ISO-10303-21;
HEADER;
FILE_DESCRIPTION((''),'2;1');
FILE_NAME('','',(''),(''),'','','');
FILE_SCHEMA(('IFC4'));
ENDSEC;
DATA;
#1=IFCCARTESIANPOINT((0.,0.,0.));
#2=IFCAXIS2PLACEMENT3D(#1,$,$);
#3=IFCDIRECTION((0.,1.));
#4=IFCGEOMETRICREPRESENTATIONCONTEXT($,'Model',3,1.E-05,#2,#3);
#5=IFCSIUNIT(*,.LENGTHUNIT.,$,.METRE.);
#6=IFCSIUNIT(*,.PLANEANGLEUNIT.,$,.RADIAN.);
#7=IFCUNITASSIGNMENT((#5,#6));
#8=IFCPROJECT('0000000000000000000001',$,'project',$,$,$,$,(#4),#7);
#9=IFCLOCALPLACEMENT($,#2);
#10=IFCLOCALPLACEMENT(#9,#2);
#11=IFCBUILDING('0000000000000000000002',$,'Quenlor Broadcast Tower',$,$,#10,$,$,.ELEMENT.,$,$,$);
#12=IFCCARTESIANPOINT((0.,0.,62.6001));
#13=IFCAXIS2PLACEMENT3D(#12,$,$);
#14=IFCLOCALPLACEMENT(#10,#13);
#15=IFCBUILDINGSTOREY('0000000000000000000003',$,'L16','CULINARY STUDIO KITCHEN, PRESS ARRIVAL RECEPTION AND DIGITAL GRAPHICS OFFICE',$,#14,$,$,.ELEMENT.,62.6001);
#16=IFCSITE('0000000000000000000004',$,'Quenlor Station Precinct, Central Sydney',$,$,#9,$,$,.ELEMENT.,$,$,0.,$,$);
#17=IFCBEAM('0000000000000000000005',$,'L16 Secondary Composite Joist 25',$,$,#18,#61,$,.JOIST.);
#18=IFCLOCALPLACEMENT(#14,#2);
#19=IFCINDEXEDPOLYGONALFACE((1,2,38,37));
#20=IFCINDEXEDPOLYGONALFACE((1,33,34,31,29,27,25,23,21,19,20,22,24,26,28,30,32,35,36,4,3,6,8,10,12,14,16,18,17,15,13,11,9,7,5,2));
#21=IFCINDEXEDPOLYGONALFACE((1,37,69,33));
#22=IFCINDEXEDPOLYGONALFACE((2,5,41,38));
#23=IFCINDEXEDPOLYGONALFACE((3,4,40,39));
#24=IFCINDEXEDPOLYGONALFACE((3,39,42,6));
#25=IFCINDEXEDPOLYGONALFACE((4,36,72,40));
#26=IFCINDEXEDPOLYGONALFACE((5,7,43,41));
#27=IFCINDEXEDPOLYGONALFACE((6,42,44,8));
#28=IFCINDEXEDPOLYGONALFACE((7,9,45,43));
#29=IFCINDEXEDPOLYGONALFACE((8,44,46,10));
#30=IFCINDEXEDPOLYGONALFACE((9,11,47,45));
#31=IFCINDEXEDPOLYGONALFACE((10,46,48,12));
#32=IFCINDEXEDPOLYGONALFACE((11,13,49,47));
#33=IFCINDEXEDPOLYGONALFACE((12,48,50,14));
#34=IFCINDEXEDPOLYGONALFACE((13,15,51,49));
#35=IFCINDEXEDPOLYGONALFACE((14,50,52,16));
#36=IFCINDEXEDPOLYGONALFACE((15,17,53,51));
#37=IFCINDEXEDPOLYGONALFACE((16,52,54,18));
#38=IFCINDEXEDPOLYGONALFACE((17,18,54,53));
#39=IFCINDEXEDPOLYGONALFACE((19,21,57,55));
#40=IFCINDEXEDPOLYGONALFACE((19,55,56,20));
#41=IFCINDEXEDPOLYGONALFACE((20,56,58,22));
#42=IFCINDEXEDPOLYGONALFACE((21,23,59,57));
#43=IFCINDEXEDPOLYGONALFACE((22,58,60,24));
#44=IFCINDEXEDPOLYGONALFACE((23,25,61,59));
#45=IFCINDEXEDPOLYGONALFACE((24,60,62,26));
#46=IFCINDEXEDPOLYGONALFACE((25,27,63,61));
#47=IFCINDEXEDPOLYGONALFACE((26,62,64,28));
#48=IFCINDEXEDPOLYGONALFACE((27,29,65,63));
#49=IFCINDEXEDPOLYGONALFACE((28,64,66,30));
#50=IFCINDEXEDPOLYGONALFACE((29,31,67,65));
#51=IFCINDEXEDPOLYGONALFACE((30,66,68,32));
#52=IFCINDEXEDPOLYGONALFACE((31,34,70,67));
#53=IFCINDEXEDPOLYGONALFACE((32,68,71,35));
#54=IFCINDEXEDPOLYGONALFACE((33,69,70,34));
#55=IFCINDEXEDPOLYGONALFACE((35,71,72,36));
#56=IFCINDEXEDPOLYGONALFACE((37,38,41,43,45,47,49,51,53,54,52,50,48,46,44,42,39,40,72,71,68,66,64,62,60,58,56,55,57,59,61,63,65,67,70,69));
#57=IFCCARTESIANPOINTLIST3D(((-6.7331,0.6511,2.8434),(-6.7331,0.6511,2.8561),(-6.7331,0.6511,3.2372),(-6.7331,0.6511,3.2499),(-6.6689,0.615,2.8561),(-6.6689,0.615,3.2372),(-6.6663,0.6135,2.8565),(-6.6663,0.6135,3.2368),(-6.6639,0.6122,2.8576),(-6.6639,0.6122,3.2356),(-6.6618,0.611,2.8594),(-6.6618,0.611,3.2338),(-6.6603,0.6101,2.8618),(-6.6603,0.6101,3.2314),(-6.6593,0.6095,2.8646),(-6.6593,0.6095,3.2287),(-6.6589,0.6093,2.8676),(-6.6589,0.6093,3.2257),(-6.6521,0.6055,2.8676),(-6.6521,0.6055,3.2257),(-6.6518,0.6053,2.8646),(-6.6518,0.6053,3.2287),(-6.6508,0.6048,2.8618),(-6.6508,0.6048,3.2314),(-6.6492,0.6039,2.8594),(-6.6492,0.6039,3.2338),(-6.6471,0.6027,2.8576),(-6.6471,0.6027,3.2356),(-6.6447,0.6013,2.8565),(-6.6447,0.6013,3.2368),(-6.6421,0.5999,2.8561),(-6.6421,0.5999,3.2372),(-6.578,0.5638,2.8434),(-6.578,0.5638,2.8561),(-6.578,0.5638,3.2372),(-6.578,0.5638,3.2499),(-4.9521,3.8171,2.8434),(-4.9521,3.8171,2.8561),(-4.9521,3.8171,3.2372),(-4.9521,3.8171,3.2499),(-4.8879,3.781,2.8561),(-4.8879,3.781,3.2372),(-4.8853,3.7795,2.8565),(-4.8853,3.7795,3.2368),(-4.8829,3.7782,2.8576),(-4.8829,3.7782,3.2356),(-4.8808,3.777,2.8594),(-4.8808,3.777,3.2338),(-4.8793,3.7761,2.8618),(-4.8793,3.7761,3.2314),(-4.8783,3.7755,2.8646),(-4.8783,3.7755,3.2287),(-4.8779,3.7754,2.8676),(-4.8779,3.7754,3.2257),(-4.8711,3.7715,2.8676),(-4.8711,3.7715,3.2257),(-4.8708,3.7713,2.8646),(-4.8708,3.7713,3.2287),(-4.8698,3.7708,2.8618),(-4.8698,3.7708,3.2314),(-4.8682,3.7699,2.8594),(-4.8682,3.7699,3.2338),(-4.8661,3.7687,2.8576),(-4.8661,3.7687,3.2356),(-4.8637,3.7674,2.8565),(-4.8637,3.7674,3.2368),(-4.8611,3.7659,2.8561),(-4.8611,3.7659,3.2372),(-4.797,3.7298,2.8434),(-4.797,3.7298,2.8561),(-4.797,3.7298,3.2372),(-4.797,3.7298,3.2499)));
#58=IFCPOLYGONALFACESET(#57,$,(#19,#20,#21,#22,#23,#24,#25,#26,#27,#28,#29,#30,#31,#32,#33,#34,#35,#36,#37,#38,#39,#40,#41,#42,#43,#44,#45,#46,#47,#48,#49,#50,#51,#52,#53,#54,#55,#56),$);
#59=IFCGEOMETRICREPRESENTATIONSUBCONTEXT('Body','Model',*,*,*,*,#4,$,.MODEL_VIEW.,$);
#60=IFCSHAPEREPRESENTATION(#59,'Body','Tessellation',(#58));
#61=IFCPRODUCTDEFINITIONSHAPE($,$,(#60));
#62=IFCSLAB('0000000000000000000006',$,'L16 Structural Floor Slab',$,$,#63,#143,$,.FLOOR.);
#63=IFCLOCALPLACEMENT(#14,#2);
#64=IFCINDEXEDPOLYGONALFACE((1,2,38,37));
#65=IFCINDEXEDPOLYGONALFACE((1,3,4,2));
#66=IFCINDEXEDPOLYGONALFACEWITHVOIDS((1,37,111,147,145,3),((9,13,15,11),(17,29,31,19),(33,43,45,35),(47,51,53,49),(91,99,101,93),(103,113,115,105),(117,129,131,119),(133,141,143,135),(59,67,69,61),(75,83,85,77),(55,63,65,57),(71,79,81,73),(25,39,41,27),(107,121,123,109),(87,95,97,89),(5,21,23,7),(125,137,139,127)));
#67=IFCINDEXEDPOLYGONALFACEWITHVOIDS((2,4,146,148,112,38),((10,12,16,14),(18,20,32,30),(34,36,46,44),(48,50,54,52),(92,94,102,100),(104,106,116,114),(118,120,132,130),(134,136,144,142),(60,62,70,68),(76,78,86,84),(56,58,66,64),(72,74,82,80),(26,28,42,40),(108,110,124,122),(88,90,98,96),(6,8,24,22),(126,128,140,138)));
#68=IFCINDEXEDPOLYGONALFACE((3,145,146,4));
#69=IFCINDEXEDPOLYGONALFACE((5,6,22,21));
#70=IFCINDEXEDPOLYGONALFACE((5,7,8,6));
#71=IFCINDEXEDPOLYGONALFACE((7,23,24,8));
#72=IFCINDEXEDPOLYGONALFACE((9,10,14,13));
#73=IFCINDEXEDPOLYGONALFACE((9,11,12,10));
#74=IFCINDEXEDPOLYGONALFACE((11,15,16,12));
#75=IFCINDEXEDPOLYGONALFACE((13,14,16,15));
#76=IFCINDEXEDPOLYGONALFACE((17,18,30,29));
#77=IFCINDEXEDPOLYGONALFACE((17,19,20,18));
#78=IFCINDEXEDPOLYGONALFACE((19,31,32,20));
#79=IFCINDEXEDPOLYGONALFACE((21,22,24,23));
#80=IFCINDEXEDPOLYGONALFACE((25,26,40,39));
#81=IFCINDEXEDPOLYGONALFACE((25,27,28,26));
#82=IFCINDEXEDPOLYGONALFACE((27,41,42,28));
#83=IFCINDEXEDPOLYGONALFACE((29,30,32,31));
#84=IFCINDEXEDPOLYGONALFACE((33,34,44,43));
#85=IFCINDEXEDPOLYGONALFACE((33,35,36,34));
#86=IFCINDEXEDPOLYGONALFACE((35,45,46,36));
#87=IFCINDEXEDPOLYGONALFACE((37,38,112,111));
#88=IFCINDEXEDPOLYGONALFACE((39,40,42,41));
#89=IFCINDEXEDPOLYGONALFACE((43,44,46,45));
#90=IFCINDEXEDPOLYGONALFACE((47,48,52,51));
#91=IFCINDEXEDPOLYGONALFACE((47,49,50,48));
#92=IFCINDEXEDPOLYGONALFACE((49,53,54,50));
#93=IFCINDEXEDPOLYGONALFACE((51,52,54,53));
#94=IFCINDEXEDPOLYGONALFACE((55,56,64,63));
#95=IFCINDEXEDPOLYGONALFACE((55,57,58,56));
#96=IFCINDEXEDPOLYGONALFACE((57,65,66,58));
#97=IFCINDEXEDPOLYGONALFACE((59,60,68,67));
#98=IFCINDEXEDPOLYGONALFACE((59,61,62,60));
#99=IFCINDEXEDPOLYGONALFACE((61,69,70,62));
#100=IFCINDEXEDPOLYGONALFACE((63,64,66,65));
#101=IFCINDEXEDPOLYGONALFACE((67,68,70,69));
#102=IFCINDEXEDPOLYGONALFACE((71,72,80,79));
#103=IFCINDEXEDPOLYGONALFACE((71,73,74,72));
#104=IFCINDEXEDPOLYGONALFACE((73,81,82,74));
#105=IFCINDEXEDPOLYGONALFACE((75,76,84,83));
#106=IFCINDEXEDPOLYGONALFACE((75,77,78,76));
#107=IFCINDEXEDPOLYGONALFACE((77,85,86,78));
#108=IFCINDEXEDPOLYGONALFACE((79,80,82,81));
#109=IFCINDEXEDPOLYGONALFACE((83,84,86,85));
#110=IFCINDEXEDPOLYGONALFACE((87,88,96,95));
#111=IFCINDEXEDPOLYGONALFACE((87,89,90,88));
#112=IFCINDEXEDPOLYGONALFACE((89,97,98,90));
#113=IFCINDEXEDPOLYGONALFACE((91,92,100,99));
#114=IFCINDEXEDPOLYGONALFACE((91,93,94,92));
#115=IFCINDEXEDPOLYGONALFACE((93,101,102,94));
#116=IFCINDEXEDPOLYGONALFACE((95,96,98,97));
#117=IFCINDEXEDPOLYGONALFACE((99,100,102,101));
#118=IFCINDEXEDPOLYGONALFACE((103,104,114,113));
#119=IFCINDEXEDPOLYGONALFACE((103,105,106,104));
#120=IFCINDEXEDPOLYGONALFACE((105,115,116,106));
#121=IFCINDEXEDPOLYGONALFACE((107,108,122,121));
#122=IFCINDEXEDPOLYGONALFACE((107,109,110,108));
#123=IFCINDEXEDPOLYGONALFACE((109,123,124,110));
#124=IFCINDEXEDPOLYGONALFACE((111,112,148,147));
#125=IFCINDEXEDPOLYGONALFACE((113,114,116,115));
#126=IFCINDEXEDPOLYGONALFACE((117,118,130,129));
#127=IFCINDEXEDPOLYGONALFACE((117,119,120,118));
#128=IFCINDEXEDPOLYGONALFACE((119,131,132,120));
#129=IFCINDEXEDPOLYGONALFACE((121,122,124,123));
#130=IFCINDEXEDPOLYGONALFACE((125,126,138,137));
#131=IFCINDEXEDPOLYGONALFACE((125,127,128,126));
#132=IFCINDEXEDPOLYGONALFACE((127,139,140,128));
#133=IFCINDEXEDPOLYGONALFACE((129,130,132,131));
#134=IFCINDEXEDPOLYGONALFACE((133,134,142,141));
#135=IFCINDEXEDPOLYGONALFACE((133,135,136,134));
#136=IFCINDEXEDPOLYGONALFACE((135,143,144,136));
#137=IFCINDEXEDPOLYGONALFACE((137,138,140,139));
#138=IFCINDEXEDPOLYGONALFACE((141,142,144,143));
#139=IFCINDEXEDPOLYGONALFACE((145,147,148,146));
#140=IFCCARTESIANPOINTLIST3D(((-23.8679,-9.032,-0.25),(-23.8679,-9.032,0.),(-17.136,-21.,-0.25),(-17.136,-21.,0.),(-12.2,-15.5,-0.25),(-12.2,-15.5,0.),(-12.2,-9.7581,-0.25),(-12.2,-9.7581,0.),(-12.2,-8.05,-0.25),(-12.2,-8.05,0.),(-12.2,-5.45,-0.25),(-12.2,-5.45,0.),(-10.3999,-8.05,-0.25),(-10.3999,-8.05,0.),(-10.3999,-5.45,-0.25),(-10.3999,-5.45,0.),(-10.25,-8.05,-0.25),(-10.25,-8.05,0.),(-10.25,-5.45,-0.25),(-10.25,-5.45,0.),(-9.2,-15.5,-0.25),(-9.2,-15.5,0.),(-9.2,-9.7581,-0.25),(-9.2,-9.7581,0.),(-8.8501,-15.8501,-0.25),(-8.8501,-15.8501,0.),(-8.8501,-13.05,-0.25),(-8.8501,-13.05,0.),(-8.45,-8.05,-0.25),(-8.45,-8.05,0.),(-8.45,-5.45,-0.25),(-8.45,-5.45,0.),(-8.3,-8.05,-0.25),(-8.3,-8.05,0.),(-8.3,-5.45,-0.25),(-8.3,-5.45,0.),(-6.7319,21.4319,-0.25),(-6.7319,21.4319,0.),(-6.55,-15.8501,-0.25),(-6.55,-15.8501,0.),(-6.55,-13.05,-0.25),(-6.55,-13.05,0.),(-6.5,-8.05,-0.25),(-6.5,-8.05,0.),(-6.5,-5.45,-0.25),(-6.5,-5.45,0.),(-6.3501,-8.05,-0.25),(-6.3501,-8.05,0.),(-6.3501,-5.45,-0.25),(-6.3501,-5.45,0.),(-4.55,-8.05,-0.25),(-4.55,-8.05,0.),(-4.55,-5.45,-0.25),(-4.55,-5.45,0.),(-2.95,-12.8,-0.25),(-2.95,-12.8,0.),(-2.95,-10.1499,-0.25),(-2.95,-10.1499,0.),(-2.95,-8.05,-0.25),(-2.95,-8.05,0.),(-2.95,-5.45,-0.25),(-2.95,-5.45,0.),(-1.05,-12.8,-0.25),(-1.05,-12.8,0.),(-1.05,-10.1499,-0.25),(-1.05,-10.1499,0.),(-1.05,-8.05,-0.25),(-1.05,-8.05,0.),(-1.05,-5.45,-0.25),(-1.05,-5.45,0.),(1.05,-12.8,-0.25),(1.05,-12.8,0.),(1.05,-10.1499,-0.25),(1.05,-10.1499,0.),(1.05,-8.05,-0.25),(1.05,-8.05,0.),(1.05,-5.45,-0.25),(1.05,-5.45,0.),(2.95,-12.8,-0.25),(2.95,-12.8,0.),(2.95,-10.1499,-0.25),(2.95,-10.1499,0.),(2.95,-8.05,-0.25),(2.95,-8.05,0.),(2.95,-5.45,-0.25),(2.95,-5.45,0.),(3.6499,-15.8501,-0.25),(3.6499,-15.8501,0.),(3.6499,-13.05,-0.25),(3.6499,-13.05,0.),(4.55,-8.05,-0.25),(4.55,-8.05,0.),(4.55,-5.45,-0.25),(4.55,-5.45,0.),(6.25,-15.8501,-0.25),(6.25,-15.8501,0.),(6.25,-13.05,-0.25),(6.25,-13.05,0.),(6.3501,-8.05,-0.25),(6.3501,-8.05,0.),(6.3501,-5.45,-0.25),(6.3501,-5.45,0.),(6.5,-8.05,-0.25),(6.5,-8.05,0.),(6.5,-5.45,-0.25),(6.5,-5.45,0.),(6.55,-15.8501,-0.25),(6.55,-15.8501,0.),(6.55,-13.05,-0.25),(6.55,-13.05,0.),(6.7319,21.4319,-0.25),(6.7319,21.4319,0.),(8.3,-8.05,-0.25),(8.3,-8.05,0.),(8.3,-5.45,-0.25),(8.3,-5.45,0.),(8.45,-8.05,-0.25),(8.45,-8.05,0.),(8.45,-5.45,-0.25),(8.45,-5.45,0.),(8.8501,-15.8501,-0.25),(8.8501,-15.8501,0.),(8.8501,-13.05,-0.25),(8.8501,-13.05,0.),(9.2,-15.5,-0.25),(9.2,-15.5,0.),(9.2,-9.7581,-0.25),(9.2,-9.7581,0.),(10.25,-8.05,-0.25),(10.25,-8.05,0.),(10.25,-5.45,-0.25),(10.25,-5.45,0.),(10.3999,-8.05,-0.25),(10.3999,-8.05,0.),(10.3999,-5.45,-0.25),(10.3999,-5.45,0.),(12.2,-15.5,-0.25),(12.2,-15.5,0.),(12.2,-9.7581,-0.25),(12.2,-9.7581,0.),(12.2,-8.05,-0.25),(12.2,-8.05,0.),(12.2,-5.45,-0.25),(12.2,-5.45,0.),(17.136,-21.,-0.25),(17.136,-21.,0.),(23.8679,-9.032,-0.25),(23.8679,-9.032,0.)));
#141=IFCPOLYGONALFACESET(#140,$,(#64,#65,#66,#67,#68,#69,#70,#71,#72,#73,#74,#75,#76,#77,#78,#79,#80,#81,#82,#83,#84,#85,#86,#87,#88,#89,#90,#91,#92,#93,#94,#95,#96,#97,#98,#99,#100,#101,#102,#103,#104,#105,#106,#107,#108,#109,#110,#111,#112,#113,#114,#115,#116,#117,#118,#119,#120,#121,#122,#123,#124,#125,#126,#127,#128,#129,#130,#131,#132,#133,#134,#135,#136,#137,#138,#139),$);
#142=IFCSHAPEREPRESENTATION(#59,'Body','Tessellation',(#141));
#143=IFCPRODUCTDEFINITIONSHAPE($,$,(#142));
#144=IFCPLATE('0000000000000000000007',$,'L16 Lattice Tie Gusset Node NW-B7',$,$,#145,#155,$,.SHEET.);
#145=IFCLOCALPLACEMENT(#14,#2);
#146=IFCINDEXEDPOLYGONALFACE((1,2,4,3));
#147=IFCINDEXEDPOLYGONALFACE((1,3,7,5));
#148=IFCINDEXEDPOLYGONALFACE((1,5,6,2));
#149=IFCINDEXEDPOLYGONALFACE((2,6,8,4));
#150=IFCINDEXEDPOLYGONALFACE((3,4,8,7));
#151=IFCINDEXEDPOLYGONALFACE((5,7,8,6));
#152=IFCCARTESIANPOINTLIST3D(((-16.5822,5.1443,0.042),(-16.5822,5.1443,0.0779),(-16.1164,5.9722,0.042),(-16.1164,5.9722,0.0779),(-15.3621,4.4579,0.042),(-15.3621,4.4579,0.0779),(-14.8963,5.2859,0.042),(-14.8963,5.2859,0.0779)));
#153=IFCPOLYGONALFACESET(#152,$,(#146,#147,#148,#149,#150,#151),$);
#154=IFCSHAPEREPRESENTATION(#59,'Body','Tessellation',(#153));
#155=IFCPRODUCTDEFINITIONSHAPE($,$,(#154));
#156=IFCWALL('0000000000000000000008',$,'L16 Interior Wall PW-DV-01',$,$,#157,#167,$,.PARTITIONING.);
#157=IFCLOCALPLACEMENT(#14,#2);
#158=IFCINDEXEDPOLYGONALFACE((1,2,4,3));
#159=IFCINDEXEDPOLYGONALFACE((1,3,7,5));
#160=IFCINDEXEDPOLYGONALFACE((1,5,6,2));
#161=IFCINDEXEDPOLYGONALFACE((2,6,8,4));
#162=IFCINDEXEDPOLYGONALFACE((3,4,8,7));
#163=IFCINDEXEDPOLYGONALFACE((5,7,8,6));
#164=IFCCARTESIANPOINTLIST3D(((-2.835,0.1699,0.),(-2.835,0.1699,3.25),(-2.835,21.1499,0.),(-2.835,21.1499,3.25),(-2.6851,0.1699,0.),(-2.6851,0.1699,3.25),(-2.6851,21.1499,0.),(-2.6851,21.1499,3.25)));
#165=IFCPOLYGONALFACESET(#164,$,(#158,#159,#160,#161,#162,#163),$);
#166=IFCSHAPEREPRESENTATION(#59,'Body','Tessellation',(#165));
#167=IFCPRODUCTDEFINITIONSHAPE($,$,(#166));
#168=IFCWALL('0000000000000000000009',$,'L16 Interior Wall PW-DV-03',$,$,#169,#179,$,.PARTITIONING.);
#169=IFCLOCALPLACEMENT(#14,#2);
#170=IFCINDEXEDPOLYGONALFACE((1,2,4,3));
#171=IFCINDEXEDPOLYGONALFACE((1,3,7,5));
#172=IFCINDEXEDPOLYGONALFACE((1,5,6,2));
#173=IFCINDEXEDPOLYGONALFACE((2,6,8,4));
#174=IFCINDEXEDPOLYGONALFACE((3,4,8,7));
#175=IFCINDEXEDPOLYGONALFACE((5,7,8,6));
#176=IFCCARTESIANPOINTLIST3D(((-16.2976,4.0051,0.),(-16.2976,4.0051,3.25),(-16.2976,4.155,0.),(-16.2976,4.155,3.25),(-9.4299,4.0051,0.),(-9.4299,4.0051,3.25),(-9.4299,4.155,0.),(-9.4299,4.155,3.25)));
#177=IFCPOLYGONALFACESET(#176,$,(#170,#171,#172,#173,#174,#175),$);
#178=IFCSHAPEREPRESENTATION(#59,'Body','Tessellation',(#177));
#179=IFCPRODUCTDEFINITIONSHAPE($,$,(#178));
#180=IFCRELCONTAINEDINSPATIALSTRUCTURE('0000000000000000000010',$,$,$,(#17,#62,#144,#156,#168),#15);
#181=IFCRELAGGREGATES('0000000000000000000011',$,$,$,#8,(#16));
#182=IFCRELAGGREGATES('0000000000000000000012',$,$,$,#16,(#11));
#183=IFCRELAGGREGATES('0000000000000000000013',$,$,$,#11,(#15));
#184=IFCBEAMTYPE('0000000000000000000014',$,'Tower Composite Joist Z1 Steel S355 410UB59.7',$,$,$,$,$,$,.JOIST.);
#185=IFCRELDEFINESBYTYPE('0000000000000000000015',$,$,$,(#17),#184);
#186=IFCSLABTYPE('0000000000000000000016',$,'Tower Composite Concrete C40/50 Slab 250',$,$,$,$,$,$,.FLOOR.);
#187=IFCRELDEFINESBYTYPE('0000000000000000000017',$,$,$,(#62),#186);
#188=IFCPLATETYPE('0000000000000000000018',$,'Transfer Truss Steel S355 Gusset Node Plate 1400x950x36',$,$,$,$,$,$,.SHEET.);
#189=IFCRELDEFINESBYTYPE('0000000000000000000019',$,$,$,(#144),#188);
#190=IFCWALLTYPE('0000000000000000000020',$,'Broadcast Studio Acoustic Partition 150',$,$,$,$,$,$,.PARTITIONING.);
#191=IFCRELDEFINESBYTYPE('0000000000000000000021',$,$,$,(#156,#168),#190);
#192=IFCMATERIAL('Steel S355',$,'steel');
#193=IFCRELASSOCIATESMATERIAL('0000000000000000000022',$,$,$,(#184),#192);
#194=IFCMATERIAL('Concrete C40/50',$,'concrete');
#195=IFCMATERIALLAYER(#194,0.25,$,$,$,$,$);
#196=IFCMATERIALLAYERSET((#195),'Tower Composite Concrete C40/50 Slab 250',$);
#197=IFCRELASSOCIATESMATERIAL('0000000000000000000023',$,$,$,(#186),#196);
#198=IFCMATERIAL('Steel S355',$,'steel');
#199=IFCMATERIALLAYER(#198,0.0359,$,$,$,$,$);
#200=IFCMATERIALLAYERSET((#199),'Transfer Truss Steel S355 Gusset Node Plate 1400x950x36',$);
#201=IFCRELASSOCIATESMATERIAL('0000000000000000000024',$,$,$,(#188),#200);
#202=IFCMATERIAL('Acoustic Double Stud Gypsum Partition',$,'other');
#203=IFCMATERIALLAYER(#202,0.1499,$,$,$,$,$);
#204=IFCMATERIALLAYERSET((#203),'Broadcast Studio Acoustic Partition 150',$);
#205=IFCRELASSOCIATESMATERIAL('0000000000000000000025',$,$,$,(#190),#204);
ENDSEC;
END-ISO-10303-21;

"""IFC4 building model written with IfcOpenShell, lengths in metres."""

from ifc_helpers import new_model, si_unit, direction, frame, frame_2d, origin, origin_2d, place, context, subcontext, project, spatial, polyline, rectangle, i_section, outline, extrude, material, layer, layer_set, material_profile, profile_set, type_object, element, save


model = new_model("IFC4")

# Units and contexts
model_context = context("Model", 3, precision=1e-05, world=origin(), true_north=direction((0.0, 1.0)))
body_context = subcontext(model_context, "Body", "Model", "MODEL_VIEW")
ifc_project = project(units=[si_unit("LENGTHUNIT", "METRE"), si_unit("PLANEANGLEUNIT", "RADIAN")], contexts=[model_context])

# Site, building, storey
site_placement = place(None, origin())
site = spatial("IfcSite", under=ifc_project, at=site_placement, Name="Quenlor Station Precinct, Central Sydney", CompositionType="ELEMENT", RefElevation=0.0)
building_placement = place(site_placement, origin())
building = spatial("IfcBuilding", under=site, at=building_placement, Name="Quenlor Broadcast Tower", CompositionType="ELEMENT")
storey_placement = place(building_placement, frame((0.0, 0.0, 62.6001)))
storey = spatial("IfcBuildingStorey", under=building, at=storey_placement, Name="L16", Description="CULINARY STUDIO KITCHEN, PRESS ARRIVAL RECEPTION AND DIGITAL GRAPHICS OFFICE", CompositionType="ELEMENT", Elevation=62.6001)

# Beam
ifc_material_1 = material(Name="Steel S355", Category="steel")
ifc_material_profile_1 = material_profile(ifc_material_1, i_section(OverallWidth=0.178, OverallDepth=0.4065, WebThickness=0.0078, FlangeThickness=0.0127, FilletRadius=0.0115, at=origin_2d()))
ifc_profile_set_1 = profile_set([ifc_material_profile_1], Name="Steel S355 410UB59.7")
beam_type = type_object("IfcBeamType", Name="Tower Composite Joist Z1 Steel S355 410UB59.7", PredefinedType="JOIST", material=ifc_profile_set_1)
beam_1_placement = place(storey_placement, frame((-4.8745, 3.7734, 3.0466), z_axis=(-0.490287, -0.871561, 0.0), x_axis=(0.871561, -0.490287, 0.0)))
element("IfcBeam", 1, at=beam_1_placement, inside=storey, type_object=beam_type, Name="L16 Secondary Composite Joist 25", PredefinedType="JOIST", context=body_context, shape_type="SweptSolid", body=[
    extrude(i_section(OverallWidth=0.178, OverallDepth=0.4065, WebThickness=0.0078, FlangeThickness=0.0127, FilletRadius=0.0115, at=origin_2d()), origin(), (0.0, 0.0, 1.0), 3.6326),
])

# Slab
ifc_material_2 = material(Name="Concrete C40/50", Category="concrete")
ifc_layer_1 = layer(ifc_material_2, 0.25)
ifc_layer_set_1 = layer_set([ifc_layer_1], Name="Tower Composite Concrete C40/50 Slab 250")
slab_type = type_object("IfcSlabType", Name="Tower Composite Concrete C40/50 Slab 250", PredefinedType="FLOOR", material=ifc_layer_set_1)
slab_placement = place(storey_placement, frame((0.0, 0.0, -0.25)))
element("IfcSlab", 2, at=slab_placement, inside=storey, type_object=slab_type, Name="L16 Structural Floor Slab", PredefinedType="FLOOR", context=body_context, shape_type="SweptSolid", body=[
    extrude(outline(polyline([(17.136, -21.0), (23.8679, -9.032), (6.7319, 21.4319), (-6.7319, 21.4319), (-23.8679, -9.032), (-17.136, -21.0), (17.136, -21.0)]), holes=[polyline([(-12.2, -9.7581), (-12.2, -15.5), (-9.2, -15.5), (-9.2, -9.7581), (-12.2, -9.7581)]), polyline([(9.2, -9.7581), (9.2, -15.5), (12.2, -15.5), (12.2, -9.7581), (9.2, -9.7581)]), polyline([(-12.2, -8.05), (-10.3999, -8.05), (-10.3999, -5.45), (-12.2, -5.45), (-12.2, -8.05)]), polyline([(-10.25, -8.05), (-8.45, -8.05), (-8.45, -5.45), (-10.25, -5.45), (-10.25, -8.05)]), polyline([(-8.3, -8.05), (-6.5, -8.05), (-6.5, -5.45), (-8.3, -5.45), (-8.3, -8.05)]), polyline([(-6.3501, -8.05), (-4.55, -8.05), (-4.55, -5.45), (-6.3501, -5.45), (-6.3501, -8.05)]), polyline([(-2.95, -8.05), (-1.05, -8.05), (-1.05, -5.45), (-2.95, -5.45), (-2.95, -8.05)]), polyline([(1.05, -8.05), (2.95, -8.05), (2.95, -5.45), (1.05, -5.45), (1.05, -8.05)]), polyline([(-2.95, -12.8), (-1.05, -12.8), (-1.05, -10.1499), (-2.95, -10.1499), (-2.95, -12.8)]), polyline([(1.05, -12.8), (2.95, -12.8), (2.95, -10.1499), (1.05, -10.1499), (1.05, -12.8)]), polyline([(4.55, -8.05), (6.3501, -8.05), (6.3501, -5.45), (4.55, -5.45), (4.55, -8.05)]), polyline([(6.5, -8.05), (8.3, -8.05), (8.3, -5.45), (6.5, -5.45), (6.5, -8.05)]), polyline([(8.45, -8.05), (10.25, -8.05), (10.25, -5.45), (8.45, -5.45), (8.45, -8.05)]), polyline([(10.3999, -8.05), (12.2, -8.05), (12.2, -5.45), (10.3999, -5.45), (10.3999, -8.05)]), polyline([(-8.8501, -15.8501), (-6.55, -15.8501), (-6.55, -13.05), (-8.8501, -13.05), (-8.8501, -15.8501)]), polyline([(6.55, -15.8501), (8.8501, -15.8501), (8.8501, -13.05), (6.55, -13.05), (6.55, -15.8501)]), polyline([(3.6499, -15.8501), (6.25, -15.8501), (6.25, -13.05), (3.6499, -13.05), (3.6499, -15.8501)])]), origin(), (0.0, 0.0, 1.0), 0.25),
])

# Plate
ifc_material_3 = material(Name="Steel S355", Category="steel")
ifc_layer_2 = layer(ifc_material_3, 0.0359)
ifc_layer_set_2 = layer_set([ifc_layer_2], Name="Transfer Truss Steel S355 Gusset Node Plate 1400x950x36")
plate_type = type_object("IfcPlateType", Name="Transfer Truss Steel S355 Gusset Node Plate 1400x950x36", PredefinedType="SHEET", material=ifc_layer_set_2)
plate_placement = place(storey_placement, frame((-15.7393, 5.2151, 0.042), z_axis=(0.0, 0.0, 1.0), x_axis=(-0.871556, 0.490295, 0.0)))
element("IfcPlate", 3, at=plate_placement, inside=storey, type_object=plate_type, Name="L16 Lattice Tie Gusset Node NW-B7", PredefinedType="SHEET", context=body_context, shape_type="SweptSolid", body=[
    extrude(rectangle(XDim=1.3999, YDim=0.95, at=origin_2d()), origin(), (0.0, 0.0, 1.0), 0.0359),
])

# Walls
ifc_material_4 = material(Name="Acoustic Double Stud Gypsum Partition", Category="other")
ifc_layer_3 = layer(ifc_material_4, 0.1499)
ifc_layer_set_3 = layer_set([ifc_layer_3], Name="Broadcast Studio Acoustic Partition 150")
wall_type_1 = type_object("IfcWallType", Name="Broadcast Studio Acoustic Partition 150", PredefinedType="PARTITIONING", material=ifc_layer_set_3)
wall_1_placement = place(storey_placement, frame((-2.76, 0.1699, 0.0), z_axis=(0.0, 0.0, 1.0), x_axis=(0.0, 1.0, 0.0)))
element("IfcWall", 4, at=wall_1_placement, inside=storey, type_object=wall_type_1, Name="L16 Interior Wall PW-DV-01", PredefinedType="PARTITIONING", context=body_context, shape_type="SweptSolid", body=[
    extrude(rectangle(XDim=20.98, YDim=0.1499, at=frame_2d((10.49, 0.0))), origin(), (0.0, 0.0, 1.0), 3.25),
])
wall_2_placement = place(storey_placement, frame((-9.4299, 4.0801, 0.0), z_axis=(0.0, 0.0, 1.0), x_axis=(-1.0, 0.0, 0.0)))
element("IfcWall", 5, at=wall_2_placement, inside=storey, type_object=wall_type_1, Name="L16 Interior Wall PW-DV-03", PredefinedType="PARTITIONING", context=body_context, shape_type="SweptSolid", body=[
    extrude(rectangle(XDim=6.8677, YDim=0.1499, at=frame_2d((3.4338, 0.0))), origin(), (0.0, 0.0, 1.0), 3.25),
])

save(model, "model.ifc")
